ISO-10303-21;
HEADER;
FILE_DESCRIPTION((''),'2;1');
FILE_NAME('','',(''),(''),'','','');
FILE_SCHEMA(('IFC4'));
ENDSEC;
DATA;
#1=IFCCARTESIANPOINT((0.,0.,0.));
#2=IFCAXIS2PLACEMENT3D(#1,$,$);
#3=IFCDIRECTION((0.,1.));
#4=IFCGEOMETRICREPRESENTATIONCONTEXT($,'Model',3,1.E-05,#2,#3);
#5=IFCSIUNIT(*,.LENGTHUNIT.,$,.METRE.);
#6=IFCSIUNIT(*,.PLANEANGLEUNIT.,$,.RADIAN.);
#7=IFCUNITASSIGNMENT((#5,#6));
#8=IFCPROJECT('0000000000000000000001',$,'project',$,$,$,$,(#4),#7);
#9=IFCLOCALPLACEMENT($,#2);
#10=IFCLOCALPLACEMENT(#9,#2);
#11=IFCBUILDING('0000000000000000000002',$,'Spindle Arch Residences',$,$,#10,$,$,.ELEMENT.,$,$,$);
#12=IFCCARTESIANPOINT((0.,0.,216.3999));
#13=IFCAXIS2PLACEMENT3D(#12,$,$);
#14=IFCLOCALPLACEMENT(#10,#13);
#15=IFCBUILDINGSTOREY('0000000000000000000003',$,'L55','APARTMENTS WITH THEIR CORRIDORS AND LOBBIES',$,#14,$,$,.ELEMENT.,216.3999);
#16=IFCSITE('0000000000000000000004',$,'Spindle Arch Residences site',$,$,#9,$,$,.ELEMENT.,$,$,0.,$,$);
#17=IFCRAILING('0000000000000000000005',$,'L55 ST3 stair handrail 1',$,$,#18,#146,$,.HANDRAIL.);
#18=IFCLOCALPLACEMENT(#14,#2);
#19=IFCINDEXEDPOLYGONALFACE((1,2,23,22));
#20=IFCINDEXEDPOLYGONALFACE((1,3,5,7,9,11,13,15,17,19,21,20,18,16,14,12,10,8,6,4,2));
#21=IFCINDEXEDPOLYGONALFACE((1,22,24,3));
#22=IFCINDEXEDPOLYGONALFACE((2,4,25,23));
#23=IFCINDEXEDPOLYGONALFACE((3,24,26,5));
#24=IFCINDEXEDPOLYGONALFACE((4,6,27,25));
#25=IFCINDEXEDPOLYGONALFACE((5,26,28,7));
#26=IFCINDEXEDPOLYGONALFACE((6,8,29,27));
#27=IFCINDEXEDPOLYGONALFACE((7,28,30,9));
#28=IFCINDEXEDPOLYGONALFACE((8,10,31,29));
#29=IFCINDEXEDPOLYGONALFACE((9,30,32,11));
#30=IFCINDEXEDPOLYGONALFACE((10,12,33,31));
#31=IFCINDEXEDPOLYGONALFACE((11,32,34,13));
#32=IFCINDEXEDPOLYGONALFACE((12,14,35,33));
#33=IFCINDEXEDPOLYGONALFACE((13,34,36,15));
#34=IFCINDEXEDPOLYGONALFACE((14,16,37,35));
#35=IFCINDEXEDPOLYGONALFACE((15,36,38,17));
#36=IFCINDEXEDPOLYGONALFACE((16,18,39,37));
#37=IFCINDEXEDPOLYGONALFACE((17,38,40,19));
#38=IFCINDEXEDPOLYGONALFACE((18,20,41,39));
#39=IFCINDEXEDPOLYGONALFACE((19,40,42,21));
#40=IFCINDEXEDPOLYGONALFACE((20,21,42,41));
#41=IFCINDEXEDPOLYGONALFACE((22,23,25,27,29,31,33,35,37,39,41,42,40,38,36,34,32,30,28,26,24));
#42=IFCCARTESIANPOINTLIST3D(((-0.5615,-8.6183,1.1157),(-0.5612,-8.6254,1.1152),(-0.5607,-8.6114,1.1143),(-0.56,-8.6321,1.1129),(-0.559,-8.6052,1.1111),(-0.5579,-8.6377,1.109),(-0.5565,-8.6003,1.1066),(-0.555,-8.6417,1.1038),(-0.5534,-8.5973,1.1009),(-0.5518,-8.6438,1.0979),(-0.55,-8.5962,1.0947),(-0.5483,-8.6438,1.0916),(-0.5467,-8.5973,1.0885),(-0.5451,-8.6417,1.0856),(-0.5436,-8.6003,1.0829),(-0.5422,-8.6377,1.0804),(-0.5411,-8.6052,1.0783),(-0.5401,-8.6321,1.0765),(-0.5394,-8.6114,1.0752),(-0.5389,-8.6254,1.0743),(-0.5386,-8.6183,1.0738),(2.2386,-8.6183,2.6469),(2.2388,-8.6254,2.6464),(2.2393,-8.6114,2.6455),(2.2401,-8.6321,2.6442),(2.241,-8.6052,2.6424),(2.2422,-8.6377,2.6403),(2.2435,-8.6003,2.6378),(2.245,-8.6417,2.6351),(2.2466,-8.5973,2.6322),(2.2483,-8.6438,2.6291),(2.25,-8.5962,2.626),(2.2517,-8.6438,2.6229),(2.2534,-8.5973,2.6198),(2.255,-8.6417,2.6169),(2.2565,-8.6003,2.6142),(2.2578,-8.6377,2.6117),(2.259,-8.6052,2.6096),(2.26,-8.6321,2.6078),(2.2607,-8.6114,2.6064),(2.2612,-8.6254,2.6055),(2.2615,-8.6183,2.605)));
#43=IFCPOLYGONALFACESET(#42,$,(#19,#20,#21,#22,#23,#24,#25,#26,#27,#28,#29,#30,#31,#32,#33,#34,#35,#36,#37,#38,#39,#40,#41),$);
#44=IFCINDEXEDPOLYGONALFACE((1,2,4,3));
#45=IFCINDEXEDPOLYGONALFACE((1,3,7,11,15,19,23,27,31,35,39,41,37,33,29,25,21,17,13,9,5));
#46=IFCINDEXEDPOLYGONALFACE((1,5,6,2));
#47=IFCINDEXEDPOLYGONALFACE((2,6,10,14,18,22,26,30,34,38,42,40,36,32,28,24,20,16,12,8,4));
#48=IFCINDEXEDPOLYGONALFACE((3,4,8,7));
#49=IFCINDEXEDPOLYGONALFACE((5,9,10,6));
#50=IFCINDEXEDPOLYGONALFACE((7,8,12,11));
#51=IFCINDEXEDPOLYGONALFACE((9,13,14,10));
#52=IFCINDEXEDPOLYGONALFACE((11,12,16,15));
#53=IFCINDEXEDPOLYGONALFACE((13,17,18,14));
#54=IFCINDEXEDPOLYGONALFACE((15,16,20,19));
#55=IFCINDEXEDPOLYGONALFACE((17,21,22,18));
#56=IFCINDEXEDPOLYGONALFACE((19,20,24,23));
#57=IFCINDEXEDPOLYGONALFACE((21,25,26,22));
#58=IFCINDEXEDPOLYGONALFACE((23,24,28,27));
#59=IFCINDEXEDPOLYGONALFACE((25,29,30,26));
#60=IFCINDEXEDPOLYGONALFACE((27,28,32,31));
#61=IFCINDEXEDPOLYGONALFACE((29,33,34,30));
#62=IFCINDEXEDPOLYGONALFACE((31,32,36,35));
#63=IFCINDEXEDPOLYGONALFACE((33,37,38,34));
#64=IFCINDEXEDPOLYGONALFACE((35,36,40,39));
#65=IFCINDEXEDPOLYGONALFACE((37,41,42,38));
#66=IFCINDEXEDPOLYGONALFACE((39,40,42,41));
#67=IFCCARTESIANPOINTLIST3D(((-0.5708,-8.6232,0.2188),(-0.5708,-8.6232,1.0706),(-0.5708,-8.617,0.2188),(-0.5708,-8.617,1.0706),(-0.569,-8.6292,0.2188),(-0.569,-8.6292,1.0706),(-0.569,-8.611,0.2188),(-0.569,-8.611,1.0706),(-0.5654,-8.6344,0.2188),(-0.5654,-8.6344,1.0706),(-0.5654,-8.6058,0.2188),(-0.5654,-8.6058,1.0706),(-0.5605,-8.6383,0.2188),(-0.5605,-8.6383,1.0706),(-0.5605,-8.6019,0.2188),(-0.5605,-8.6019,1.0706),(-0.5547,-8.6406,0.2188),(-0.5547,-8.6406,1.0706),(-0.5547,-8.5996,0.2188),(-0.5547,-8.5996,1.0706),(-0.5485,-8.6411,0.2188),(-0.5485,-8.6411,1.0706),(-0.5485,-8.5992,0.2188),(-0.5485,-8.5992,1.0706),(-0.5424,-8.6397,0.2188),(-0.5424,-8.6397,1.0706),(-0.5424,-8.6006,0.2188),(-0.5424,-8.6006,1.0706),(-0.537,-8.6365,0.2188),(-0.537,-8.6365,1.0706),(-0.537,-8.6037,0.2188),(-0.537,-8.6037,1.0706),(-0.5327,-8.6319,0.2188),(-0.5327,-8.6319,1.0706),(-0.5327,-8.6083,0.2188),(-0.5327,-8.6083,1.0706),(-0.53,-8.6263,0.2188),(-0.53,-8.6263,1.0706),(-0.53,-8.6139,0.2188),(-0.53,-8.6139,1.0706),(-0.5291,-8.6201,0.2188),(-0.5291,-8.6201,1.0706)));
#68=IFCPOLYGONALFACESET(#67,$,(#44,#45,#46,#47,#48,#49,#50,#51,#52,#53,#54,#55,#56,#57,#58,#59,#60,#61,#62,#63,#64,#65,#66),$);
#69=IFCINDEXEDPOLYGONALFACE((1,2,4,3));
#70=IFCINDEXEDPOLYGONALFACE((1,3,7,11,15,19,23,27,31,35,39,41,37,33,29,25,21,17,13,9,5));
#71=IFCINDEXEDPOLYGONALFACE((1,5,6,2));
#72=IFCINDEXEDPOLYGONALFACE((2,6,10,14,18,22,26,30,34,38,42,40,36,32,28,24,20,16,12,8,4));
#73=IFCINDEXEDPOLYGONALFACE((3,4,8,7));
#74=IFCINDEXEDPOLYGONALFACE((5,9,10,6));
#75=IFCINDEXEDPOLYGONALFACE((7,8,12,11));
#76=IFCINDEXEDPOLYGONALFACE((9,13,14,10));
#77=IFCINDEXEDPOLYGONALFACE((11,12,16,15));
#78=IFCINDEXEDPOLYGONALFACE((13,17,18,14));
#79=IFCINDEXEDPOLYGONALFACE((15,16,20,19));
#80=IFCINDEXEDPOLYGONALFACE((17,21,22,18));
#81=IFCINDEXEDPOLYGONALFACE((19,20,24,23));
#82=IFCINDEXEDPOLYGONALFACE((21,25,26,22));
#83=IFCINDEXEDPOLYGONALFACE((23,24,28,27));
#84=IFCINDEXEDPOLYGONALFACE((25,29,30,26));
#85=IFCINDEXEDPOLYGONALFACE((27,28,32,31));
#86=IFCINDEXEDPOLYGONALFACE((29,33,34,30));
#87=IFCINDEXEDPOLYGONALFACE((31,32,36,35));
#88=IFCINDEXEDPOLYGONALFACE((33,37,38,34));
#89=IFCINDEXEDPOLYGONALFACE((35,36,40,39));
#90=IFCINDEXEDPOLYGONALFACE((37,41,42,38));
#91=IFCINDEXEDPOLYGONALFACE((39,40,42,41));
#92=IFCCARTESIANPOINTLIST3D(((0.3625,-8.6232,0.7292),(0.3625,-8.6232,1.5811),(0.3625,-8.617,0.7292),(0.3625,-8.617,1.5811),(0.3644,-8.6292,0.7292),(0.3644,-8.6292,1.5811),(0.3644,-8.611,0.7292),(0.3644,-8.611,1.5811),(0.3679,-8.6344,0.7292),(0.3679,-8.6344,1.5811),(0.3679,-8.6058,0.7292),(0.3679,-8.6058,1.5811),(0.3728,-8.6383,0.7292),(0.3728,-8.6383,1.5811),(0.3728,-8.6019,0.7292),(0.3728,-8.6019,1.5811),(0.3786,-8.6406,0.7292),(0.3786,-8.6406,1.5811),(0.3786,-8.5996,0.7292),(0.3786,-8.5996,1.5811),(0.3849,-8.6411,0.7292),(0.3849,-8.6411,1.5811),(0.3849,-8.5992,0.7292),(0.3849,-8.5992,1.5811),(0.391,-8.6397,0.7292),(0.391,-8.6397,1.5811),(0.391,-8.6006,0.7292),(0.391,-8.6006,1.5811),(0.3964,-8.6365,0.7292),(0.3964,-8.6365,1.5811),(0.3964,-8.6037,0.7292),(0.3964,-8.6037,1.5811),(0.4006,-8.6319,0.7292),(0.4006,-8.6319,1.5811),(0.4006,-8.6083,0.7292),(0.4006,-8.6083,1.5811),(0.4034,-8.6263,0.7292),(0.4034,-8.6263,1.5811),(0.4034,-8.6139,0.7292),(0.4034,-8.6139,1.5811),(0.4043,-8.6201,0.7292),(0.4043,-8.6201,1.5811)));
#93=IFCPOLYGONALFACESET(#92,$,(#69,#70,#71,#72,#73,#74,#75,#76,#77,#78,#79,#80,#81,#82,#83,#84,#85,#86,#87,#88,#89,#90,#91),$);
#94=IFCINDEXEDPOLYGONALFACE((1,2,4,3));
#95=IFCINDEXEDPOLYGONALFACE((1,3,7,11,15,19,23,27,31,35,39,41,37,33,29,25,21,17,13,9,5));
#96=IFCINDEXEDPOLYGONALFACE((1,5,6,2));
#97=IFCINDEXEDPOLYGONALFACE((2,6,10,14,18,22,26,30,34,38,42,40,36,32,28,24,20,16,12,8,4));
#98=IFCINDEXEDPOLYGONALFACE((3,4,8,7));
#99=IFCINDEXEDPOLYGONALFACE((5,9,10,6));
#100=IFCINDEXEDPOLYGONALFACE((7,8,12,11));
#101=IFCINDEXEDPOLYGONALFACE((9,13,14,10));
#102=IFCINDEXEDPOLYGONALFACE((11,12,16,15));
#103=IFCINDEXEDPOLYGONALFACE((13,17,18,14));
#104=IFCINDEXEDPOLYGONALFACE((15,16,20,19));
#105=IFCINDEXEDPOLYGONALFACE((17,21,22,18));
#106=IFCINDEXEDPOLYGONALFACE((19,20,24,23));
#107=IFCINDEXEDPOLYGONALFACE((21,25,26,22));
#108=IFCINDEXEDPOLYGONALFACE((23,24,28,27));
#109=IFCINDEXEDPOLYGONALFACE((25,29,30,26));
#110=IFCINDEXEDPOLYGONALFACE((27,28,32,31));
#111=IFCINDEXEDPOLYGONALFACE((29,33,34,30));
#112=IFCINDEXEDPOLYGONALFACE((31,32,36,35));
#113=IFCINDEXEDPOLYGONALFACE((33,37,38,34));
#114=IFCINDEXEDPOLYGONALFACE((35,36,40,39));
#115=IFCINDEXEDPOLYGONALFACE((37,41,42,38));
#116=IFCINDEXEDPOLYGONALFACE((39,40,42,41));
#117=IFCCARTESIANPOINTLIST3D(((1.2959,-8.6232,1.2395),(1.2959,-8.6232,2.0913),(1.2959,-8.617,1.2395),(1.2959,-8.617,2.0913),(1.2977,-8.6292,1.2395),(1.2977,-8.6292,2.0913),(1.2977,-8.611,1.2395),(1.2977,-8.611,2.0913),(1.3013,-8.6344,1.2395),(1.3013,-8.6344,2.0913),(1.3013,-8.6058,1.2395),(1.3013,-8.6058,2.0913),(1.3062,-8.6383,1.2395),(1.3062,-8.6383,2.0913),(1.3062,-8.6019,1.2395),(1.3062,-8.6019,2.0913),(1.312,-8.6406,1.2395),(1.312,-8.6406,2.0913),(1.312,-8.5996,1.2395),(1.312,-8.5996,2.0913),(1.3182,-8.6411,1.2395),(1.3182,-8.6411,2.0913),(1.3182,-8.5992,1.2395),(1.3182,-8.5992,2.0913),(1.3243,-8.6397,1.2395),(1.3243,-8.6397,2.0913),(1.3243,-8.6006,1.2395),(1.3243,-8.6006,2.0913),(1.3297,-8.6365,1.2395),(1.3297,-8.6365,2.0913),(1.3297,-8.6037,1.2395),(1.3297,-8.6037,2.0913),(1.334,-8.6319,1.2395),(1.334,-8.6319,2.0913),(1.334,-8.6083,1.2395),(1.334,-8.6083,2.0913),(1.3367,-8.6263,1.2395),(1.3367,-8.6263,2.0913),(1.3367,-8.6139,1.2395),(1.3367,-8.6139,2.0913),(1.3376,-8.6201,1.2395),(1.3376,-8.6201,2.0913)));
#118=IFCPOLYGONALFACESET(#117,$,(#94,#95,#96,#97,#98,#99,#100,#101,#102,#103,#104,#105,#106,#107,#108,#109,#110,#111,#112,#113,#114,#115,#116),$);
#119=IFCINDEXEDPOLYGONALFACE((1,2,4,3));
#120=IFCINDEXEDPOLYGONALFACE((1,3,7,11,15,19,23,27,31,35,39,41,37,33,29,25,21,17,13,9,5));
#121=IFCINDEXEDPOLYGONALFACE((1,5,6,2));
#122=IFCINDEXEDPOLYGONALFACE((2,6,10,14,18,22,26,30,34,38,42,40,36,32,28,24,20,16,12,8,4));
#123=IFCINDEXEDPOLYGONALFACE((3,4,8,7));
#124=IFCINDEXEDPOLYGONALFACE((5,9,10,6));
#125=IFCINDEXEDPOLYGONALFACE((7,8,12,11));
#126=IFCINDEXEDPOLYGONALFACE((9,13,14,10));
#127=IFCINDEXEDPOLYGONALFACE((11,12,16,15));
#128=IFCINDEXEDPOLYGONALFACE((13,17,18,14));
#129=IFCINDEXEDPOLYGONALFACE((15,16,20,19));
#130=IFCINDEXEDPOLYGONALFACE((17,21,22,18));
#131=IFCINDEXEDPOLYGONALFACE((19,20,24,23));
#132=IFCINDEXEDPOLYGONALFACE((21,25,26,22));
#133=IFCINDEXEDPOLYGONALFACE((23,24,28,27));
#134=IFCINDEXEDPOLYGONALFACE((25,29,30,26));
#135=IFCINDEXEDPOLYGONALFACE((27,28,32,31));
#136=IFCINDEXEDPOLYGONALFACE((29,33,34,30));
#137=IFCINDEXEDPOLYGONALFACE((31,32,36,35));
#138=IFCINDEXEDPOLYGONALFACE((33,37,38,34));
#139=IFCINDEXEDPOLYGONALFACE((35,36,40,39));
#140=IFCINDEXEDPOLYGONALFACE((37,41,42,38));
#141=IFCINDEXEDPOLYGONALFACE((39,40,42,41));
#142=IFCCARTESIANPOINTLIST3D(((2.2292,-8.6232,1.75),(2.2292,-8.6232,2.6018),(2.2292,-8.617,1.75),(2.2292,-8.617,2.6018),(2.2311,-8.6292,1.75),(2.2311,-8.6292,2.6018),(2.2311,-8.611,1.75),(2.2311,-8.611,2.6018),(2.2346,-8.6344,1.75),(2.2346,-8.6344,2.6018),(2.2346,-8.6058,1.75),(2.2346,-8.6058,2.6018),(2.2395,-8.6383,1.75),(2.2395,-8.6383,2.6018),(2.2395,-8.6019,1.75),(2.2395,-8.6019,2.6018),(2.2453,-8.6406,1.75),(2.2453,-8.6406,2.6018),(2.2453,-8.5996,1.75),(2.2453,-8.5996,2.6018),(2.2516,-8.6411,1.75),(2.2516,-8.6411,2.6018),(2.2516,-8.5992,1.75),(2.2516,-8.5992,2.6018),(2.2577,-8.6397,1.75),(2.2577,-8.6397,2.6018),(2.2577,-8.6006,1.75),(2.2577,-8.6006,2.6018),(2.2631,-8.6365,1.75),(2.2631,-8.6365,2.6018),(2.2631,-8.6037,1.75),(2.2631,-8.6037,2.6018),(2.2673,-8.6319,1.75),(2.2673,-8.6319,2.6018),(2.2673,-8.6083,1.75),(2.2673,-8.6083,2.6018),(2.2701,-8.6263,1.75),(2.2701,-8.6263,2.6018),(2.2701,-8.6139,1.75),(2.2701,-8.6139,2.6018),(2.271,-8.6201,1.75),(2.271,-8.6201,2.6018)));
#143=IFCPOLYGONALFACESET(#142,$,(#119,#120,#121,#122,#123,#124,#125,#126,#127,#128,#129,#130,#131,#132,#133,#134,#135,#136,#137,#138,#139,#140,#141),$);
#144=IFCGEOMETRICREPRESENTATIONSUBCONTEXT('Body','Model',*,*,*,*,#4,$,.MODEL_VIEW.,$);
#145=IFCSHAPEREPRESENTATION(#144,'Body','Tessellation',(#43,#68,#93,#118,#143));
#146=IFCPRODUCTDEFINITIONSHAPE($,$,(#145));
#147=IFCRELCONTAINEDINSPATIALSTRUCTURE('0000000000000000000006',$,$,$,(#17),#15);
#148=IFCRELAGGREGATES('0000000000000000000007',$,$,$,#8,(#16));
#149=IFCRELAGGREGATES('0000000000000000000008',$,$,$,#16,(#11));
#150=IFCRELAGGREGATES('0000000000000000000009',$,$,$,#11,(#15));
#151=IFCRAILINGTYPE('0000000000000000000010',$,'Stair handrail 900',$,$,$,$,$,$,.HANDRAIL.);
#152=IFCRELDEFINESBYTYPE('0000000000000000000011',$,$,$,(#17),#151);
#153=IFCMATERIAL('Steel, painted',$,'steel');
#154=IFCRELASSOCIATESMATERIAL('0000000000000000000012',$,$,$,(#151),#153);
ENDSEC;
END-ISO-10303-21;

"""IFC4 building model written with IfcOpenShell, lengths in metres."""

from ifc_helpers import new_model, si_unit, direction, frame, origin, origin_2d, place, context, subcontext, project, spatial, circle, extrude, material, type_object, element, save


model = new_model("IFC4")

# Units and contexts
model_context = context("Model", 3, precision=1e-05, world=origin(), true_north=direction((0.0, 1.0)))
body_context = subcontext(model_context, "Body", "Model", "MODEL_VIEW")
ifc_project = project(units=[si_unit("LENGTHUNIT", "METRE"), si_unit("PLANEANGLEUNIT", "RADIAN")], contexts=[model_context])

# Site, building, storey
site_placement = place(None, origin())
site = spatial("IfcSite", under=ifc_project, at=site_placement, Name="Spindle Arch Residences site", CompositionType="ELEMENT", RefElevation=0.0)
building_placement = place(site_placement, origin())
building = spatial("IfcBuilding", under=site, at=building_placement, Name="Spindle Arch Residences", CompositionType="ELEMENT")
storey_placement = place(building_placement, frame((0.0, 0.0, 216.3999)))
storey = spatial("IfcBuildingStorey", under=building, at=storey_placement, Name="L55", Description="APARTMENTS WITH THEIR CORRIDORS AND LOBBIES", CompositionType="ELEMENT", Elevation=216.3999)

# Railing
ifc_material_1 = material(Name="Steel, painted", Category="steel")
railing_type = type_object("IfcRailingType", Name="Stair handrail 900", PredefinedType="HANDRAIL", material=ifc_material_1)
railing_placement = place(storey_placement, frame((-0.55, -8.6201, 0.2188)))
element("IfcRailing", 1, at=railing_placement, inside=storey, type_object=railing_type, Name="L55 ST3 stair handrail 1", PredefinedType="HANDRAIL", context=body_context, shape_type="SweptSolid", body=[
    extrude(circle(Radius=0.0239, at=origin_2d()), frame((0.0, 0.0, 0.876), z_axis=(0.877375, 0.0, 0.479806), x_axis=(0.0, 1.0, 0.0)), (0.0, 0.0, 1.0), 3.1914),
    extrude(circle(Radius=0.021, at=origin_2d()), origin(), (0.0, 0.0, 1.0), 0.8518),
    extrude(circle(Radius=0.021, at=origin_2d()), frame((0.9333, 0.0, 0.5105)), (0.0, 0.0, 1.0), 0.8518),
    extrude(circle(Radius=0.021, at=origin_2d()), frame((1.8667, 0.0, 1.0208)), (0.0, 0.0, 1.0), 0.8518),
    extrude(circle(Radius=0.021, at=origin_2d()), frame((2.8, 0.0, 1.5312)), (0.0, 0.0, 1.0), 0.8518),
])

save(model, "model.ifc")
